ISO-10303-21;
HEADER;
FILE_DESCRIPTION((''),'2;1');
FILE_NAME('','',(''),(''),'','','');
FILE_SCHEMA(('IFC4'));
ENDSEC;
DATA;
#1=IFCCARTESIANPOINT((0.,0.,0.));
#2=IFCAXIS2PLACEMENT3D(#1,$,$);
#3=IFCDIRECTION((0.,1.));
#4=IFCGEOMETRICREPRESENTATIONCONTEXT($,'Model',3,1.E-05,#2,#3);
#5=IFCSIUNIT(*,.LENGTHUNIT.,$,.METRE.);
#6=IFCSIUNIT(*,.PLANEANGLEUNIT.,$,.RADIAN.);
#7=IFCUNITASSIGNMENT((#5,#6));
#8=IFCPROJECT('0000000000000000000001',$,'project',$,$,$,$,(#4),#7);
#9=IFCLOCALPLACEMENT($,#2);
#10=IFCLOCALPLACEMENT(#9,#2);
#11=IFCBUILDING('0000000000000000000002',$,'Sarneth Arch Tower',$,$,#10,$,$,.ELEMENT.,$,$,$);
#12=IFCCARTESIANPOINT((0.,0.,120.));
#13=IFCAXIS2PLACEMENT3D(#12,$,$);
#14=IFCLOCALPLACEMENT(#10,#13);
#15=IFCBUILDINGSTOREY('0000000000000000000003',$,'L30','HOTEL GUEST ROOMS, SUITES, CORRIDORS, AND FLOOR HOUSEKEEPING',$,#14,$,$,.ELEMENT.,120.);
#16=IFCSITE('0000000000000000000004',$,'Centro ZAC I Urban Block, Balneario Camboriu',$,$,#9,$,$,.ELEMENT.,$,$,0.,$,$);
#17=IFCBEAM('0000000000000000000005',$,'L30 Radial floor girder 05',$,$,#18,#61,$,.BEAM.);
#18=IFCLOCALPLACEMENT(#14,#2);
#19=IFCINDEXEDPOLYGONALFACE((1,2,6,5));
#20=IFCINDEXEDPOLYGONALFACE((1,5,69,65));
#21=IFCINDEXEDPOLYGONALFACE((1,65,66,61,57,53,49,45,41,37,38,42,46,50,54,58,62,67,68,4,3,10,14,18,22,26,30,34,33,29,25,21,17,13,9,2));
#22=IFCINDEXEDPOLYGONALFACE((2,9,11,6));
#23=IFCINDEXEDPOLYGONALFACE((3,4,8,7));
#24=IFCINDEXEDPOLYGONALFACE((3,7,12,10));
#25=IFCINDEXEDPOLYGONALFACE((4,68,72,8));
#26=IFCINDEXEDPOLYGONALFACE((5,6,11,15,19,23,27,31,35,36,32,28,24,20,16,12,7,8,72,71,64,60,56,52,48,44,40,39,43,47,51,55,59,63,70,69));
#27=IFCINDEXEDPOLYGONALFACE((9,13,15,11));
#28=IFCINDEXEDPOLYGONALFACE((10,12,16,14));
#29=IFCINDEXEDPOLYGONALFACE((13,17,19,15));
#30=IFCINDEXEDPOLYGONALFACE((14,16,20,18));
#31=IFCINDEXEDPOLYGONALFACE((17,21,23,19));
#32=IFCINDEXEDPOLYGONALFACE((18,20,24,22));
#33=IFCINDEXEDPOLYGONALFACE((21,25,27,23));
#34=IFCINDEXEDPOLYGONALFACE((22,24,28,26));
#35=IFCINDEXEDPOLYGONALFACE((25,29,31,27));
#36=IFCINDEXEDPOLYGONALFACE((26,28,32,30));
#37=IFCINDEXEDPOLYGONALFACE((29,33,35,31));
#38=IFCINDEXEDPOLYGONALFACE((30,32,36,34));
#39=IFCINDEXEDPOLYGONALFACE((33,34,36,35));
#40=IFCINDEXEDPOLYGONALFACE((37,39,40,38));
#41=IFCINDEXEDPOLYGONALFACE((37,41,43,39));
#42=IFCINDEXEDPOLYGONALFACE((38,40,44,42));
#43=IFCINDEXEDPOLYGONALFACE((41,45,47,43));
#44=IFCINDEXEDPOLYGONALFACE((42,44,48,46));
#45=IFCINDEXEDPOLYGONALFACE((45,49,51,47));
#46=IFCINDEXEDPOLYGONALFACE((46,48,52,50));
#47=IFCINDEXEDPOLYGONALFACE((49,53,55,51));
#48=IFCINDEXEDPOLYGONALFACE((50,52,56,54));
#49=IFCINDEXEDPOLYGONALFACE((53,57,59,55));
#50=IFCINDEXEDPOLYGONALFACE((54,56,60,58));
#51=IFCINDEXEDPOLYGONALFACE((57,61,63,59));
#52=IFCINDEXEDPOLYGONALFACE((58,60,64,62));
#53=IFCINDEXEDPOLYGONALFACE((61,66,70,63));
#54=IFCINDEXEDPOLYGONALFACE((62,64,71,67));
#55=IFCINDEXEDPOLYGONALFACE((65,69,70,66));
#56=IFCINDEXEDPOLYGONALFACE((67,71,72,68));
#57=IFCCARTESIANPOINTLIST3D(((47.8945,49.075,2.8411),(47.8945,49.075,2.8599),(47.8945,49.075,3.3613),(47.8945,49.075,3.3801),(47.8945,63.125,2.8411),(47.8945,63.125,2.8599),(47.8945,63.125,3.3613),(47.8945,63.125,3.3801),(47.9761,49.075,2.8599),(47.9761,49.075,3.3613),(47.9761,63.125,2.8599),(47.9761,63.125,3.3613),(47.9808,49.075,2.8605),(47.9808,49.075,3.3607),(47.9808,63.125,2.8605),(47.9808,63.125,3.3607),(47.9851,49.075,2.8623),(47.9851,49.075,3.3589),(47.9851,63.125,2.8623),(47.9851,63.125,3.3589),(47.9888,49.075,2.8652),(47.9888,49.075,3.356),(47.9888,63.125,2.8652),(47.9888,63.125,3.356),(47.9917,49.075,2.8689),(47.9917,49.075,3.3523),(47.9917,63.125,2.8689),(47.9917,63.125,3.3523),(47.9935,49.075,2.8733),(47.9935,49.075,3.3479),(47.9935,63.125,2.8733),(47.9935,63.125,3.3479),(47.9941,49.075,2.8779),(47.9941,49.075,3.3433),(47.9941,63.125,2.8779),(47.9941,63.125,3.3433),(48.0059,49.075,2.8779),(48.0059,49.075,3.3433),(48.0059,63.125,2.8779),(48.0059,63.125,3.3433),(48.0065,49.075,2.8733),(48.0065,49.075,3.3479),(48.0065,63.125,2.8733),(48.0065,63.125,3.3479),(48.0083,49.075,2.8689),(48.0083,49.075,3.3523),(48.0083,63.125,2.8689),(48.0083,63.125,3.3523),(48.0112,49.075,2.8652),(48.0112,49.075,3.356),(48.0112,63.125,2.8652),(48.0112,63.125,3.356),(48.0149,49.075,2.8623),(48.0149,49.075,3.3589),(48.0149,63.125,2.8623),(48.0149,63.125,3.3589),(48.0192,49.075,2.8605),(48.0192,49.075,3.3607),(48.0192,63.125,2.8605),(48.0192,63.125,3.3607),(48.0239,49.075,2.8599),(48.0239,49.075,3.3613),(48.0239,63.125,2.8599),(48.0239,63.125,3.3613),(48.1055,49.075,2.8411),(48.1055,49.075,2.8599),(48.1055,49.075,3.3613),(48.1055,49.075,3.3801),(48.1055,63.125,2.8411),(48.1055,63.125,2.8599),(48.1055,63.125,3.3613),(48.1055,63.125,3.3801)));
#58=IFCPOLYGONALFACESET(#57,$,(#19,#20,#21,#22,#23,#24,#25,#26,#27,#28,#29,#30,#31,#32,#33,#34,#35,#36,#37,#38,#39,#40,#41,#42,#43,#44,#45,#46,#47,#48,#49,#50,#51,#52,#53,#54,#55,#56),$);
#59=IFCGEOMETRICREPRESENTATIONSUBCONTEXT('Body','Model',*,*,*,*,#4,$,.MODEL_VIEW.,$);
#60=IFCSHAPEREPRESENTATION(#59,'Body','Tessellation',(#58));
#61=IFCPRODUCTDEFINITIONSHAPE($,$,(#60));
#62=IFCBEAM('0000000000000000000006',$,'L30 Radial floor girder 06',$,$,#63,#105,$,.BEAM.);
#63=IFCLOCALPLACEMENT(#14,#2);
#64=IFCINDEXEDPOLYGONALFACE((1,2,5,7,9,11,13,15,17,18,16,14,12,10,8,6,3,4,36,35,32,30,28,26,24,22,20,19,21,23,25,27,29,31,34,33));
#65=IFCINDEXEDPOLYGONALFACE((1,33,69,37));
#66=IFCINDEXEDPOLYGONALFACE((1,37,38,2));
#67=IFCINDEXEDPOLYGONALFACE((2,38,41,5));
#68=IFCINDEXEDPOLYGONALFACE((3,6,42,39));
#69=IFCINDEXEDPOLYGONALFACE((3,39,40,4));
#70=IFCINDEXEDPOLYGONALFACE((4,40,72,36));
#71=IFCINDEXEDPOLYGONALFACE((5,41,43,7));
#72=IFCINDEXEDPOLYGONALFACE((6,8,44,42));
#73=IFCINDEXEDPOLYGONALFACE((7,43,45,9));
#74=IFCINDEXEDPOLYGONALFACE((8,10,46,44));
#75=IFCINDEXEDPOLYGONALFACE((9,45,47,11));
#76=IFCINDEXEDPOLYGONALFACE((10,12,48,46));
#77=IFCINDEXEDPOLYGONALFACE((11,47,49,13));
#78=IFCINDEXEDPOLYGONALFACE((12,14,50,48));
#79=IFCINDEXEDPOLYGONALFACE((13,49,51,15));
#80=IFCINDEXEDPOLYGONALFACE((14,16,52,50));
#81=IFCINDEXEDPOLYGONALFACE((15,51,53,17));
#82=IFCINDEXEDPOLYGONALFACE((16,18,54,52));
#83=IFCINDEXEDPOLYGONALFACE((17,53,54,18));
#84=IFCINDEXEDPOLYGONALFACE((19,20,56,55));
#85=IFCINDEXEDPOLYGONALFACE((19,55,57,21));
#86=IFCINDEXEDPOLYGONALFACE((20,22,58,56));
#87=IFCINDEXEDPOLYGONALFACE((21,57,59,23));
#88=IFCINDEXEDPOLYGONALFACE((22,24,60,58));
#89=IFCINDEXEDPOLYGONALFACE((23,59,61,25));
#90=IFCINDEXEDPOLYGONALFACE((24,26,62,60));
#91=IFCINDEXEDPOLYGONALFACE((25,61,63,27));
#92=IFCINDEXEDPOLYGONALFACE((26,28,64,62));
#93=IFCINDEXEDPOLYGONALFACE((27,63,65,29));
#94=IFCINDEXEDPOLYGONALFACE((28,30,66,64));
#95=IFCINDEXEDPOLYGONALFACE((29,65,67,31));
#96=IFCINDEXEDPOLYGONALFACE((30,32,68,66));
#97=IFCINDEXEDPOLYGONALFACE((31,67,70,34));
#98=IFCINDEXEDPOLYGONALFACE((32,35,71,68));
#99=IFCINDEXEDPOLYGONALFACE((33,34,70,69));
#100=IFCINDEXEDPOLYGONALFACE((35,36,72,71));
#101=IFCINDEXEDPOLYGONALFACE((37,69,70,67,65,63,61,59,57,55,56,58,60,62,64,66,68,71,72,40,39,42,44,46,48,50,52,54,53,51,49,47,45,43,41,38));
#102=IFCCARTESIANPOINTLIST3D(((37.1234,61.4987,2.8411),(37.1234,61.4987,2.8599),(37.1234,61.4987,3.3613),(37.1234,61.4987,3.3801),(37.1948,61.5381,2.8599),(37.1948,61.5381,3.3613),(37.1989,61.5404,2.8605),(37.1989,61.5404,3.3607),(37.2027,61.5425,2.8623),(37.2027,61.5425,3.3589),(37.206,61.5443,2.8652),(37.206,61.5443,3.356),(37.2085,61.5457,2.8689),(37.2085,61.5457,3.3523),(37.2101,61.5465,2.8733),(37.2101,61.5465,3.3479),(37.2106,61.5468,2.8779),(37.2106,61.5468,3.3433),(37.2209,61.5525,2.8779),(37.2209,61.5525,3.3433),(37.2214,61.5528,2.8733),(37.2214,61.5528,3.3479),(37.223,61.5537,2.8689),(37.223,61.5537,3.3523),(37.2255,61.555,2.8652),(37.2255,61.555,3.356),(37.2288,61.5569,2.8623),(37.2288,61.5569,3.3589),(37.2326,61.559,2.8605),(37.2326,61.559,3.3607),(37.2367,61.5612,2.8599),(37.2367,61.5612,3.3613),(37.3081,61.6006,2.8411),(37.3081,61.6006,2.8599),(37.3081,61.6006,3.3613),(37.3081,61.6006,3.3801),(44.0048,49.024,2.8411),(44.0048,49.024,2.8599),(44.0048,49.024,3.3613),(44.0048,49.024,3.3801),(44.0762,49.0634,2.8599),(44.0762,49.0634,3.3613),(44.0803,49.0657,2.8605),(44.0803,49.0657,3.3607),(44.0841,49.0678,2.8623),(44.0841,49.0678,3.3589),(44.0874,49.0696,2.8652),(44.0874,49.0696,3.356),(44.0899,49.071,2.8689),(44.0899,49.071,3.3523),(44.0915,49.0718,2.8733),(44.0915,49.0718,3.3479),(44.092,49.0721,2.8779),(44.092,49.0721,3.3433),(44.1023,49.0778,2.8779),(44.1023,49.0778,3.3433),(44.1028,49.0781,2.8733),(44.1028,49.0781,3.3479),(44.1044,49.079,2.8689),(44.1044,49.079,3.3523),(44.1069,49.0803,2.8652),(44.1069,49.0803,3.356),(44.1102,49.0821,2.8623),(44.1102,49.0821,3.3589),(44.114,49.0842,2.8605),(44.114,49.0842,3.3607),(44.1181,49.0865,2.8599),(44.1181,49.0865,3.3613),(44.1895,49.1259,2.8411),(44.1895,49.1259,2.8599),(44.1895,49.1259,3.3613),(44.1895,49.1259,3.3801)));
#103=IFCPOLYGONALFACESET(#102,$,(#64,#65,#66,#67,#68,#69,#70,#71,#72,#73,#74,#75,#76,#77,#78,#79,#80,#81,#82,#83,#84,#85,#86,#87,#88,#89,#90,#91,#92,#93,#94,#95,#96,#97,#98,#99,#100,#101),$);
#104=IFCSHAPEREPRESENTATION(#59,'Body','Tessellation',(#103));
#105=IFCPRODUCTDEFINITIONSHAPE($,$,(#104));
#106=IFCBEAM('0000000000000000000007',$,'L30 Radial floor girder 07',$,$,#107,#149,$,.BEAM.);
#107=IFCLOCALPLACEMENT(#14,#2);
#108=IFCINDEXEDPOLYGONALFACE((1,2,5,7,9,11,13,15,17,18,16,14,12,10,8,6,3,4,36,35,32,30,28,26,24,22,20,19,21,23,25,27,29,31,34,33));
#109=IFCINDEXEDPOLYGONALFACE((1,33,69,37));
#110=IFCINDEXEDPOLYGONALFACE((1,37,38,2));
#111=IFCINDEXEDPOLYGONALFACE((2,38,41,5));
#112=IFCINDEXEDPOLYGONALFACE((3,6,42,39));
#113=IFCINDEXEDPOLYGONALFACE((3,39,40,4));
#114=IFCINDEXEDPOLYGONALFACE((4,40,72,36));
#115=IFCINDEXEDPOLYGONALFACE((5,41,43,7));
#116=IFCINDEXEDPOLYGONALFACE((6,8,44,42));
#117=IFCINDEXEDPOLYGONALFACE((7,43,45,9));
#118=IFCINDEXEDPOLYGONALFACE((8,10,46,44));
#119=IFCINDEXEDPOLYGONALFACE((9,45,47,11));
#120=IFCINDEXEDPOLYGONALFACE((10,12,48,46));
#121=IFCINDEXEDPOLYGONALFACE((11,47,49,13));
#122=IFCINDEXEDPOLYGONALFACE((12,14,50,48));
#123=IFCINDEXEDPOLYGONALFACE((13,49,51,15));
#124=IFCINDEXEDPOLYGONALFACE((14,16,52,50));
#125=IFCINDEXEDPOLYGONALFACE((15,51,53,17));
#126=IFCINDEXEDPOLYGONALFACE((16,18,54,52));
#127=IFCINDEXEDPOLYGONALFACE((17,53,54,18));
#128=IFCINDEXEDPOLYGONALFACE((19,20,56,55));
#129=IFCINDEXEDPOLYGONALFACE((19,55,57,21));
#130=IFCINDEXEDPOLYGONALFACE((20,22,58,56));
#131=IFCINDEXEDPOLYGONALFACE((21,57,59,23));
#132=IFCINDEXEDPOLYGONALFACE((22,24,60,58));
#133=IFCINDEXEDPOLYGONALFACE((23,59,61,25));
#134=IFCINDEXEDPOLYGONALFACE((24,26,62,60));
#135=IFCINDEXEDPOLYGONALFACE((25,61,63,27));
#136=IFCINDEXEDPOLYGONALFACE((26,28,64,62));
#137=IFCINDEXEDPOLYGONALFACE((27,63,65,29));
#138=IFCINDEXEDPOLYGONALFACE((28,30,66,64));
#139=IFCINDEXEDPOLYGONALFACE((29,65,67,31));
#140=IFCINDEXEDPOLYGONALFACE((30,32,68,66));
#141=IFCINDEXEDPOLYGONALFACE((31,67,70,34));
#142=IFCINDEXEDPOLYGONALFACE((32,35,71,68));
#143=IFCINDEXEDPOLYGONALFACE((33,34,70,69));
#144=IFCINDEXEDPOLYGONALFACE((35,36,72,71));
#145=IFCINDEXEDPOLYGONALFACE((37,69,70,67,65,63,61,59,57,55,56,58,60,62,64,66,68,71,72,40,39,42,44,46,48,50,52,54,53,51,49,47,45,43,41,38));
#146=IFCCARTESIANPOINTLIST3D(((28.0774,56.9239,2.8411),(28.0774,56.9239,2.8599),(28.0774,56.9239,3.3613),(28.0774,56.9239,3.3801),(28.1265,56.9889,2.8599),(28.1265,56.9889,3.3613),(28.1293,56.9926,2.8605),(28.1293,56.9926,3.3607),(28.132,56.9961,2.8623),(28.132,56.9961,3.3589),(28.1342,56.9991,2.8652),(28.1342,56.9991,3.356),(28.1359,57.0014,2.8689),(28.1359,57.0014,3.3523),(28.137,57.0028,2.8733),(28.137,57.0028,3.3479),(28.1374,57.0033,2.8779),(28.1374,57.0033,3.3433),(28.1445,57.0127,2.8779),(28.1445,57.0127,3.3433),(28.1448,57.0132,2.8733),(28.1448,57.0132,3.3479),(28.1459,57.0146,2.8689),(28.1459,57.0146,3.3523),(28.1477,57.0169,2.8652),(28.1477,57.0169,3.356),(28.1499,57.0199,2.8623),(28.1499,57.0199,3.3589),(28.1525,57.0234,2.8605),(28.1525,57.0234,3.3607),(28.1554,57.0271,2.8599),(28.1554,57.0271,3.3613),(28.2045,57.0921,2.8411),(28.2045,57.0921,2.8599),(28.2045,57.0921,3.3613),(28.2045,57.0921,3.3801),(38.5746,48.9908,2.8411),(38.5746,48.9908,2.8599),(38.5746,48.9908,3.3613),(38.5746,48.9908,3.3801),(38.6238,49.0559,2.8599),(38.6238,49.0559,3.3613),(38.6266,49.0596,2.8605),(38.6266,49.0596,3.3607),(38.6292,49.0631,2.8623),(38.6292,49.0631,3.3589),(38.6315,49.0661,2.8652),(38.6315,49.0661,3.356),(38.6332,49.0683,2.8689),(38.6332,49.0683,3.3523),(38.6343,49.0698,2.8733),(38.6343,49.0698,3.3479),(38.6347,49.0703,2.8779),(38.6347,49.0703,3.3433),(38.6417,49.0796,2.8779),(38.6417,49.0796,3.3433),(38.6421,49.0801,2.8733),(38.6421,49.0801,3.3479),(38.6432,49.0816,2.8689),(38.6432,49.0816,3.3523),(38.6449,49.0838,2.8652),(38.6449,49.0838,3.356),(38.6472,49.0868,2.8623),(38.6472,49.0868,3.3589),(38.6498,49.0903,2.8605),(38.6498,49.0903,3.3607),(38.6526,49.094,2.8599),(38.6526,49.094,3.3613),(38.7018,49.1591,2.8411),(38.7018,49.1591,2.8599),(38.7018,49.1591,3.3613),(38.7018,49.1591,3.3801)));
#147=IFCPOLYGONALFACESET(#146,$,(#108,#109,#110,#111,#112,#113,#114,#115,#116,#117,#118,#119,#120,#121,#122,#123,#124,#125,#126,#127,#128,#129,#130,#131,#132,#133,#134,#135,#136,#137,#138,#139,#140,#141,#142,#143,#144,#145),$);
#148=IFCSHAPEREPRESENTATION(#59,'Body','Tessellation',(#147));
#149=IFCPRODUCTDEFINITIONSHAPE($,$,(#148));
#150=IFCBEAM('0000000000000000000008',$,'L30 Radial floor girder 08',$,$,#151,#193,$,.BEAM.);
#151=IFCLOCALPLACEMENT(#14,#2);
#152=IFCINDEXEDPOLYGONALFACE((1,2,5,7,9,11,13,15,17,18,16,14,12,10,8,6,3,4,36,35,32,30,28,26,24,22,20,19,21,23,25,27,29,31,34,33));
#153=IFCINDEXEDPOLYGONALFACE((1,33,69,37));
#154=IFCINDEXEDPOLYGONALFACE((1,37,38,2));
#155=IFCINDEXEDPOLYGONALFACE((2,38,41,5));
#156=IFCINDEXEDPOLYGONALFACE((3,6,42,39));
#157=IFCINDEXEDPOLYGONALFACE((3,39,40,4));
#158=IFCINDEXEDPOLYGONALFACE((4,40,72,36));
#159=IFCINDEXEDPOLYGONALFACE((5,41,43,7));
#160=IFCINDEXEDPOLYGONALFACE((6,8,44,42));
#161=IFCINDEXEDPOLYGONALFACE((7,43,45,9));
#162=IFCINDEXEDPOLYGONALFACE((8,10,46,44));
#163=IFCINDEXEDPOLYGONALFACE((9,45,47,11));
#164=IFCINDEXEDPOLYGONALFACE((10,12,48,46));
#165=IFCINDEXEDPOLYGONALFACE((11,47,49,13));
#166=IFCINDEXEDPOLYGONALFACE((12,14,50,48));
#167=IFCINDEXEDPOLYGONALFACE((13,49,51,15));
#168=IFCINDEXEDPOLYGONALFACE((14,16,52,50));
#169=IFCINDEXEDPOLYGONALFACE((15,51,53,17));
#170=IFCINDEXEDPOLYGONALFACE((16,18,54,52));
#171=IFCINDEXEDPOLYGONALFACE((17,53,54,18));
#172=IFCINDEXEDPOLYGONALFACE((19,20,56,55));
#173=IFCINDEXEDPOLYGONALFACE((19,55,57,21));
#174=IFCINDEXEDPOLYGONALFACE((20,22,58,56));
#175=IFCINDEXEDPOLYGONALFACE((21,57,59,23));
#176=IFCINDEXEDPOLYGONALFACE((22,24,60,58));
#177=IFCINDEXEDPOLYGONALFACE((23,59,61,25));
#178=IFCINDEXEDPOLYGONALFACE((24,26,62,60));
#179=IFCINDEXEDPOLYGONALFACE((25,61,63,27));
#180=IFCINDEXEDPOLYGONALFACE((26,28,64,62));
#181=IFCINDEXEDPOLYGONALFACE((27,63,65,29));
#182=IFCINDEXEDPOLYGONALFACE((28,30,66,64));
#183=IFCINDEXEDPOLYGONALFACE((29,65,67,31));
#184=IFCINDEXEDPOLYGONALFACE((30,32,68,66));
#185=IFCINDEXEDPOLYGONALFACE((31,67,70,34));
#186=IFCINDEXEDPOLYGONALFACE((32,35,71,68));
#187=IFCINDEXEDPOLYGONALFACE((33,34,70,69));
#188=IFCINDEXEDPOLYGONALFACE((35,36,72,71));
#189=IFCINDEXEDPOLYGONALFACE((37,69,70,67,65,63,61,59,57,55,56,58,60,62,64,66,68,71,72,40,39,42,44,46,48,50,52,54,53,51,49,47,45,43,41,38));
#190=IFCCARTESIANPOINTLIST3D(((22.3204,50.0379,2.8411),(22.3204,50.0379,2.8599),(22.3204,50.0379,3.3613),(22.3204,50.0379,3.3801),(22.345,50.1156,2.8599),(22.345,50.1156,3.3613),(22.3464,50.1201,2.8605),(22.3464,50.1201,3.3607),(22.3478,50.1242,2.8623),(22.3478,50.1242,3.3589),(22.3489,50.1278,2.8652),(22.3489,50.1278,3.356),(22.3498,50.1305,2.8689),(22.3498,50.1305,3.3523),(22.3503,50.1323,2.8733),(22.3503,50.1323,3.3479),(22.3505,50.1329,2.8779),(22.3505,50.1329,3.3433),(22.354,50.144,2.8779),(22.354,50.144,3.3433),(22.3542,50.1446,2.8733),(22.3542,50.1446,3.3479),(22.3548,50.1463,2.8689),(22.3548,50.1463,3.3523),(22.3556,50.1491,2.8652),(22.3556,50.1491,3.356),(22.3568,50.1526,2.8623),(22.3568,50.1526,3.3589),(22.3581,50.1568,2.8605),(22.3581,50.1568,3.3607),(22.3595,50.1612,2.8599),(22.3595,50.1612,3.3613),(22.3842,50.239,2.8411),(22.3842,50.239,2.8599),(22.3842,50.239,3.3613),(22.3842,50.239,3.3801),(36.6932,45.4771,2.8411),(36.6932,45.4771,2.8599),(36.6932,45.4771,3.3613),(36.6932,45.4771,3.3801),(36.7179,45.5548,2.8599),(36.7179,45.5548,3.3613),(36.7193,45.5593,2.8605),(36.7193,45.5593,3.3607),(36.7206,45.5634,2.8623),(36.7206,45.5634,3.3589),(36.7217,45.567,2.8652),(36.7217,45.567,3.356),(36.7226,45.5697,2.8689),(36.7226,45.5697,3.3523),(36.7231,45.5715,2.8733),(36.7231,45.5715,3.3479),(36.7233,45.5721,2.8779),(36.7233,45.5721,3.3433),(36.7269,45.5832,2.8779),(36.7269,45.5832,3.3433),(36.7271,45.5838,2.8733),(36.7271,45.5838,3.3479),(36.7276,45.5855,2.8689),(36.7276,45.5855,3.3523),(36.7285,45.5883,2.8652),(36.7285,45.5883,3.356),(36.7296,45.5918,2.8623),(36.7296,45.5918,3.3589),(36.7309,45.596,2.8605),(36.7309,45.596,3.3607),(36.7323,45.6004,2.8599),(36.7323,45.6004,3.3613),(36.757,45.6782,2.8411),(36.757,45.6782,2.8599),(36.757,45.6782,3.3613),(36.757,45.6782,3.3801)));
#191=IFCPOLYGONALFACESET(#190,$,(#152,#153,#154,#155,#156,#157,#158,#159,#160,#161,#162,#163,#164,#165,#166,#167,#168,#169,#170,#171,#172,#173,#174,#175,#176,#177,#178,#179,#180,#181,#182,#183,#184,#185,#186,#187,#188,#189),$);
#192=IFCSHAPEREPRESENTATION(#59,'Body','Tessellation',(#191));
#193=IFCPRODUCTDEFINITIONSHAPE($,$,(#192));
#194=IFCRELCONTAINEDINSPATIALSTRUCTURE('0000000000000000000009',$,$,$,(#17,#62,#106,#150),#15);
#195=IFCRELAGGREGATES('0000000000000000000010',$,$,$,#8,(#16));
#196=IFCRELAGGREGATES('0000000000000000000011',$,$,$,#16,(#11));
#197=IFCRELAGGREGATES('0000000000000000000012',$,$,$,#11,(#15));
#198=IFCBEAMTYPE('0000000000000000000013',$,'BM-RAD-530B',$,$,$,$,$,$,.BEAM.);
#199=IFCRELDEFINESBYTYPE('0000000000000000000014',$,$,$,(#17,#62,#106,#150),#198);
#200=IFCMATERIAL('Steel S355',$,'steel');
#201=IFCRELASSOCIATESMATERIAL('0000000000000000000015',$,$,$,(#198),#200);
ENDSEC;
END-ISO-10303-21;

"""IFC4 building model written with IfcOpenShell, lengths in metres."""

from ifc_helpers import new_model, si_unit, direction, frame, origin, origin_2d, place, context, subcontext, project, spatial, i_section, extrude, material, material_profile, profile_set, type_object, element, save


model = new_model("IFC4")

# Units and contexts
model_context = context("Model", 3, precision=1e-05, world=origin(), true_north=direction((0.0, 1.0)))
body_context = subcontext(model_context, "Body", "Model", "MODEL_VIEW")
ifc_project = project(units=[si_unit("LENGTHUNIT", "METRE"), si_unit("PLANEANGLEUNIT", "RADIAN")], contexts=[model_context])

# Site, building, storey
site_placement = place(None, origin())
site = spatial("IfcSite", under=ifc_project, at=site_placement, Name="Centro ZAC I Urban Block, Balneario Camboriu", CompositionType="ELEMENT", RefElevation=0.0)
building_placement = place(site_placement, origin())
building = spatial("IfcBuilding", under=site, at=building_placement, Name="Sarneth Arch Tower", CompositionType="ELEMENT")
storey_placement = place(building_placement, frame((0.0, 0.0, 120.0)))
storey = spatial("IfcBuildingStorey", under=building, at=storey_placement, Name="L30", Description="HOTEL GUEST ROOMS, SUITES, CORRIDORS, AND FLOOR HOUSEKEEPING", CompositionType="ELEMENT", Elevation=120.0)

# Beams
ifc_material_1 = material(Name="Steel S355", Category="steel")
ifc_material_profile = material_profile(ifc_material_1, i_section(OverallWidth=0.2109, OverallDepth=0.5391, WebThickness=0.0117, FlangeThickness=0.0188, FilletRadius=0.0181, at=origin_2d()), Name="W530x109")
ifc_profile_set = profile_set([ifc_material_profile], Name="Steel S355")
beam_type = type_object("IfcBeamType", Name="BM-RAD-530B", PredefinedType="BEAM", material=ifc_profile_set)
beam_1_placement = place(storey_placement, frame((48.0, 49.075, 3.1106), z_axis=(0.0, 1.0, 0.0), x_axis=(-1.0, 0.0, 0.0)))
element("IfcBeam", 1, at=beam_1_placement, inside=storey, type_object=beam_type, Name="L30 Radial floor girder 05", PredefinedType="BEAM", context=body_context, shape_type="SweptSolid", body=[
    extrude(i_section(OverallWidth=0.2109, OverallDepth=0.5391, WebThickness=0.0117, FlangeThickness=0.0188, FilletRadius=0.0181, at=origin_2d()), origin(), (0.0, 0.0, 1.0), 14.05),
])
beam_2_placement = place(storey_placement, frame((44.0972, 49.075, 3.1106), z_axis=(-0.483013, 0.875613, 0.0), x_axis=(-0.875613, -0.483013, 0.0)))
element("IfcBeam", 2, at=beam_2_placement, inside=storey, type_object=beam_type, Name="L30 Radial floor girder 06", PredefinedType="BEAM", context=body_context, shape_type="SweptSolid", body=[
    extrude(i_section(OverallWidth=0.2109, OverallDepth=0.5391, WebThickness=0.0117, FlangeThickness=0.0188, FilletRadius=0.0181, at=origin_2d()), origin(), (0.0, 0.0, 1.0), 14.2468),
])
beam_3_placement = place(storey_placement, frame((38.6382, 49.075, 3.1106), z_axis=(-0.797801, 0.60292, 0.0), x_axis=(-0.60292, -0.797801, 0.0)))
element("IfcBeam", 3, at=beam_3_placement, inside=storey, type_object=beam_type, Name="L30 Radial floor girder 07", PredefinedType="BEAM", context=body_context, shape_type="SweptSolid", body=[
    extrude(i_section(OverallWidth=0.2109, OverallDepth=0.5391, WebThickness=0.0117, FlangeThickness=0.0188, FilletRadius=0.0181, at=origin_2d()), origin(), (0.0, 0.0, 1.0), 13.1577),
])
beam_4_placement = place(storey_placement, frame((36.7251, 45.5776, 3.1106), z_axis=(-0.953163, 0.302458, 0.0), x_axis=(-0.302458, -0.953163, 0.0)))
element("IfcBeam", 4, at=beam_4_placement, inside=storey, type_object=beam_type, Name="L30 Radial floor girder 08", PredefinedType="BEAM", context=body_context, shape_type="SweptSolid", body=[
    extrude(i_section(OverallWidth=0.2109, OverallDepth=0.5391, WebThickness=0.0117, FlangeThickness=0.0188, FilletRadius=0.0181, at=origin_2d()), origin(), (0.0, 0.0, 1.0), 15.0791),
])

save(model, "model.ifc")
